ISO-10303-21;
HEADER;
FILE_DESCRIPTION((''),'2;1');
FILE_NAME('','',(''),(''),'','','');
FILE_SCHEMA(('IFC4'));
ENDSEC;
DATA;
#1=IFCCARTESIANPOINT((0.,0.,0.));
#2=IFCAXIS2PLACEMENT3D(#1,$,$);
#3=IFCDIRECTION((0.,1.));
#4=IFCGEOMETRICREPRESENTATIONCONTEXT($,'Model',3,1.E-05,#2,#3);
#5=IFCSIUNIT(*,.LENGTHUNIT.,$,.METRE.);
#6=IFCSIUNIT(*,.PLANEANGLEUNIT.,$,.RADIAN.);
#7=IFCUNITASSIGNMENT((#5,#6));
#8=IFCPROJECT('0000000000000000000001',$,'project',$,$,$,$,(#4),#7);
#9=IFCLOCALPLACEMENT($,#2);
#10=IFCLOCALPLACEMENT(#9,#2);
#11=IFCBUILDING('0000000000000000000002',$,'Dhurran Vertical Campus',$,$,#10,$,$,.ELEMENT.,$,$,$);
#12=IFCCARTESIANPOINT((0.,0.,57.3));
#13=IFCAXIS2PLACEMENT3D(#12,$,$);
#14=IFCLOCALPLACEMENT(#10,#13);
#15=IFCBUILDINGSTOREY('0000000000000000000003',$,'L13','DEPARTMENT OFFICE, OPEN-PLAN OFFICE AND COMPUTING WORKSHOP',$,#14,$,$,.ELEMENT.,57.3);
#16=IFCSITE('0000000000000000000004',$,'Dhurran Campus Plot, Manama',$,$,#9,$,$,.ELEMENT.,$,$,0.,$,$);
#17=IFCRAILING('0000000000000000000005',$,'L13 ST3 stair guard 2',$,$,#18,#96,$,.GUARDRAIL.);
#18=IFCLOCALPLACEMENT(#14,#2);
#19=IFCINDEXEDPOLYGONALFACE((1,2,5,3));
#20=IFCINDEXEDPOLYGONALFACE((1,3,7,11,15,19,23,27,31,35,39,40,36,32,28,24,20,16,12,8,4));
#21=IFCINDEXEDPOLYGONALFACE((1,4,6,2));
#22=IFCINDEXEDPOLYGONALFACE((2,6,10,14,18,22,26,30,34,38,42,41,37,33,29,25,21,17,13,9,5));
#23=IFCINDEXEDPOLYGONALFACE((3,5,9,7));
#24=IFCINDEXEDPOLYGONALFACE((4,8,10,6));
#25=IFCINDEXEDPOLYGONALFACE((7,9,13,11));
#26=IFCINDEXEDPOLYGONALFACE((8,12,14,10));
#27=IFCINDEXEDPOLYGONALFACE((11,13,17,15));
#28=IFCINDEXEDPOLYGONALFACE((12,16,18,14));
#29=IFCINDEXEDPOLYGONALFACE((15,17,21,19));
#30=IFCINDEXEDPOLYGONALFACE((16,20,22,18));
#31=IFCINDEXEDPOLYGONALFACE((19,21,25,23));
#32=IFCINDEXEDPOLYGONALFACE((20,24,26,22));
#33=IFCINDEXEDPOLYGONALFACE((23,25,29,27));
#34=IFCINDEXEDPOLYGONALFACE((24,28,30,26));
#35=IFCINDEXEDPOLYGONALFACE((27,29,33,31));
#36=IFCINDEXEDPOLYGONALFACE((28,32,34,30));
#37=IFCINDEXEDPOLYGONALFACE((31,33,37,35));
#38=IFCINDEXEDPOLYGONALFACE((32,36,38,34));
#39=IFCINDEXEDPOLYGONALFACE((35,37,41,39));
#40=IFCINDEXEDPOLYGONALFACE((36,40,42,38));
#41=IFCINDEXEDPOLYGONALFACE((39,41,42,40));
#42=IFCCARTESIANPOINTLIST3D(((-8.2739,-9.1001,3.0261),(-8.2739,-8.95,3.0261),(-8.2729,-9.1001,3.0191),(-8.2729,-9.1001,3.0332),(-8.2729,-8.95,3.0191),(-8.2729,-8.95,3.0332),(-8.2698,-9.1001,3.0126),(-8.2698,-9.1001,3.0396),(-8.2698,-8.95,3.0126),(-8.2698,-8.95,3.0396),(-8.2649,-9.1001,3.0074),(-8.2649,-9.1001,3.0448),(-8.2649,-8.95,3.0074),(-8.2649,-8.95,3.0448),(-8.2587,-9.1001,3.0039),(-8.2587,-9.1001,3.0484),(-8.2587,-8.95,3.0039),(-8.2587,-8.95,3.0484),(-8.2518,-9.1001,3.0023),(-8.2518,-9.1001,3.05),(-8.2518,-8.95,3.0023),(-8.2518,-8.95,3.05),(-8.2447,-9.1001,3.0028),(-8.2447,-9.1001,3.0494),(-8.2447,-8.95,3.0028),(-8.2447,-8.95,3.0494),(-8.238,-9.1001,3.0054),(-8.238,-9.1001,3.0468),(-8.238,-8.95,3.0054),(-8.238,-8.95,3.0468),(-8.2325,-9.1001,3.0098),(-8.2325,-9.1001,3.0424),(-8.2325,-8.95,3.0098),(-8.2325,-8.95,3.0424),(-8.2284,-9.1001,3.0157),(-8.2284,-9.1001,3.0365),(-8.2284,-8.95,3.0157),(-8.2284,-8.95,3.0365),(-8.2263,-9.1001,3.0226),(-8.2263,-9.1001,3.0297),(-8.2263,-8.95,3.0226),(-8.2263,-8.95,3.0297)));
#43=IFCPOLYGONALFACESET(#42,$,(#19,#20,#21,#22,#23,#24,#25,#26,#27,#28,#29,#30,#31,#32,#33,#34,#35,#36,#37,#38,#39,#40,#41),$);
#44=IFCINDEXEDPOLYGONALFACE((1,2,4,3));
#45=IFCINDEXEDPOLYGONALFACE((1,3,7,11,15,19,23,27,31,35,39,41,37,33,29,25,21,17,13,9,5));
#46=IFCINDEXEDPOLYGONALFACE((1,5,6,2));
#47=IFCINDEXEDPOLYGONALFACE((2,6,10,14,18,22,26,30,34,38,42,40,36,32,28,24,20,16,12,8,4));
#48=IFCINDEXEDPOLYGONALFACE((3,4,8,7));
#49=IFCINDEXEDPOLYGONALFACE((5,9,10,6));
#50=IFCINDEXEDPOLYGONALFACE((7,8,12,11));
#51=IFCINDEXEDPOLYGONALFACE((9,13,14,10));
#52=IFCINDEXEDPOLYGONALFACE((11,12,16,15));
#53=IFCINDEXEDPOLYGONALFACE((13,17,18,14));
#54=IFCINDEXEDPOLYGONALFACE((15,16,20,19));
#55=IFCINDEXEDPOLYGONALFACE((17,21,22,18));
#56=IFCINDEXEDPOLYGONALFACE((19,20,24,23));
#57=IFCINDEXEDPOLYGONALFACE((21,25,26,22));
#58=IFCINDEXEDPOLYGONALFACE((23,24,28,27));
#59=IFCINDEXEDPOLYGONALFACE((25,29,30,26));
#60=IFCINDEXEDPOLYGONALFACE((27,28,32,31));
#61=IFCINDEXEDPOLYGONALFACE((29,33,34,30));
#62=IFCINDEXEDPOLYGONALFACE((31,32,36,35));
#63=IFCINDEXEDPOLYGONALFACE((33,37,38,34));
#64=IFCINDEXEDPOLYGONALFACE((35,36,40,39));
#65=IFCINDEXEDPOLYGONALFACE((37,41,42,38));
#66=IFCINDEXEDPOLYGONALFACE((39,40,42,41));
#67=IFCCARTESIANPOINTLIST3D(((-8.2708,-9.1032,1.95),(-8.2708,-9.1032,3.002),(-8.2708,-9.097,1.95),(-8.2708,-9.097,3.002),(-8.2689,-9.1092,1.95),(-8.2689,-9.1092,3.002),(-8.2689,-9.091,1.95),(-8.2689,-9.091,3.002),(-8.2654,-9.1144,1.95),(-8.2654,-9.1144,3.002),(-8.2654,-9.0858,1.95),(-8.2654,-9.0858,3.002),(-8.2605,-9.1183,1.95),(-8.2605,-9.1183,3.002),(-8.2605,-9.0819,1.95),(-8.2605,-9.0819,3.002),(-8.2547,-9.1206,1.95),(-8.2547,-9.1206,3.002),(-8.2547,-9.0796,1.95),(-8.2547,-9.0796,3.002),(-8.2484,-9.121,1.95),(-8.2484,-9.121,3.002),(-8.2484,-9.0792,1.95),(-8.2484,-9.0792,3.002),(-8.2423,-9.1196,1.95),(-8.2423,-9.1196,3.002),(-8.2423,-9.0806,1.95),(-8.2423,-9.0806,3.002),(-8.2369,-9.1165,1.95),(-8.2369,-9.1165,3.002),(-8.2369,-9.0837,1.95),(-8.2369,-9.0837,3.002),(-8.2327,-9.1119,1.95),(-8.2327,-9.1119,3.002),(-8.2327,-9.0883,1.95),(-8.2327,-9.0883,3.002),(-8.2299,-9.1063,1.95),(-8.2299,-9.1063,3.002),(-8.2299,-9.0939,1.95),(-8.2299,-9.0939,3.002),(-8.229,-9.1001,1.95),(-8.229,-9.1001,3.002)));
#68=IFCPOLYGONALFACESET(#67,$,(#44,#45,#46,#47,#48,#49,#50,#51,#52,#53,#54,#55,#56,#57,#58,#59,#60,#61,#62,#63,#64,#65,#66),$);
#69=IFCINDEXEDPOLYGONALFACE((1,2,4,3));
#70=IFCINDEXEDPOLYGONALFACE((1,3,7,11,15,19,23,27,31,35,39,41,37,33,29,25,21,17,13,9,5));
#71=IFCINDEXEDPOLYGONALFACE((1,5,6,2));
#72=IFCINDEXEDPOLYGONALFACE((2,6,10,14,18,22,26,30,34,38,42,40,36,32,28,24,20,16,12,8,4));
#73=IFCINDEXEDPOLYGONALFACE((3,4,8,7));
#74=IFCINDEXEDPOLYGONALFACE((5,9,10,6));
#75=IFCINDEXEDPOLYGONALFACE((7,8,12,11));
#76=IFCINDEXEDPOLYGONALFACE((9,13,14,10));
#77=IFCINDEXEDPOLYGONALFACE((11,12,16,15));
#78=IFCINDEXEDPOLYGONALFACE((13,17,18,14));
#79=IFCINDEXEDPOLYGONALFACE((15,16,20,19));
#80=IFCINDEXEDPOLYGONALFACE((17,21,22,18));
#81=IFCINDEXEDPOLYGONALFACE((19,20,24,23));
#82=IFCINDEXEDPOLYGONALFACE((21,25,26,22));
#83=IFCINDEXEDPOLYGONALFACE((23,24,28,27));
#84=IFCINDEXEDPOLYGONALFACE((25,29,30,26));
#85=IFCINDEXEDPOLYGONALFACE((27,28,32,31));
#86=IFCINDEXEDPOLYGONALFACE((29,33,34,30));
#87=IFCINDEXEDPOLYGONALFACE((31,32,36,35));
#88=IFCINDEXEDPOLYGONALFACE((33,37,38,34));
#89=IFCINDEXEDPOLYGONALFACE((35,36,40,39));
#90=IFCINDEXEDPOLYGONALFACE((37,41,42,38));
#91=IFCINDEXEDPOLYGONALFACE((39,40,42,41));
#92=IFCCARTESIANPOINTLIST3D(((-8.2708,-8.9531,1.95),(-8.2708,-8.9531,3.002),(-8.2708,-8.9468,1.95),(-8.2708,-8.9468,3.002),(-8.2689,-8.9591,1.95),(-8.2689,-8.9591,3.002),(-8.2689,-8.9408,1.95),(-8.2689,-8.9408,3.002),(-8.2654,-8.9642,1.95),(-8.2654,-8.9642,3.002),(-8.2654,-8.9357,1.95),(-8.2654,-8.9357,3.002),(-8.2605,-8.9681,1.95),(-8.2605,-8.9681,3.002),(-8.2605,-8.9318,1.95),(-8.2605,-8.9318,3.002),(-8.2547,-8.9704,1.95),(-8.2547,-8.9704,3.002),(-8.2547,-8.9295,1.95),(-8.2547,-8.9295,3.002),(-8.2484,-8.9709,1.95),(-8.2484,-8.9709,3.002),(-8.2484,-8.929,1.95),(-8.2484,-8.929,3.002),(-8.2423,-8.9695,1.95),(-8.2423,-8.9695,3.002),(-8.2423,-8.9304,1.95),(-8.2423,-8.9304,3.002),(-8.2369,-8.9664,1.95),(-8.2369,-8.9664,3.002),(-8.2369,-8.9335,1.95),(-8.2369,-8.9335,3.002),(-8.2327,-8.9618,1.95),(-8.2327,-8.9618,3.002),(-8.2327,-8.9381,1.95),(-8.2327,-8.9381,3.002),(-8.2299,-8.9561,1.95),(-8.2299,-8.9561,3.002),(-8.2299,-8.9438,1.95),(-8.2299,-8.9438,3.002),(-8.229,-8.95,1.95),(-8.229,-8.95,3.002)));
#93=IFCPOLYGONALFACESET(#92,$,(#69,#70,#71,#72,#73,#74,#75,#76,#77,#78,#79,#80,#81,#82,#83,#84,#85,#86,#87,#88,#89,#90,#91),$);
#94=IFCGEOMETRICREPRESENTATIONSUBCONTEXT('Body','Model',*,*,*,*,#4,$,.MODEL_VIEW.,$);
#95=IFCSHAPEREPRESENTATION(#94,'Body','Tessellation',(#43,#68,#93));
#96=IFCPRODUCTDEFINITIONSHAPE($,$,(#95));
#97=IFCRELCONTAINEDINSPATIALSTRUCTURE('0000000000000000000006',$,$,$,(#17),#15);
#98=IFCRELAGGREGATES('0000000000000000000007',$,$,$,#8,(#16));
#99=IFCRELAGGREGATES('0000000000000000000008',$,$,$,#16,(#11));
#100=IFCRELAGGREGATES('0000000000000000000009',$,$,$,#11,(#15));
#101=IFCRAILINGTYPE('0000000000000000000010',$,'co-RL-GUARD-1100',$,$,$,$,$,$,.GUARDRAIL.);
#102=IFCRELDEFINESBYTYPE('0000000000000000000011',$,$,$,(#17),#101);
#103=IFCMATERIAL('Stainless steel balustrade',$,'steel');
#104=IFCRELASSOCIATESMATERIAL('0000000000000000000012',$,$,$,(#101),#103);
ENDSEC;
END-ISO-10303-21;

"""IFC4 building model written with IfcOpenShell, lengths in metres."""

from ifc_helpers import new_model, si_unit, direction, frame, origin, origin_2d, place, context, subcontext, project, spatial, circle, extrude, material, type_object, element, save


model = new_model("IFC4")

# Units and contexts
model_context = context("Model", 3, precision=1e-05, world=origin(), true_north=direction((0.0, 1.0)))
body_context = subcontext(model_context, "Body", "Model", "MODEL_VIEW")
ifc_project = project(units=[si_unit("LENGTHUNIT", "METRE"), si_unit("PLANEANGLEUNIT", "RADIAN")], contexts=[model_context])

# Site, building, storey
site_placement = place(None, origin())
site = spatial("IfcSite", under=ifc_project, at=site_placement, Name="Dhurran Campus Plot, Manama", CompositionType="ELEMENT", RefElevation=0.0)
building_placement = place(site_placement, origin())
building = spatial("IfcBuilding", under=site, at=building_placement, Name="Dhurran Vertical Campus", CompositionType="ELEMENT")
storey_placement = place(building_placement, frame((0.0, 0.0, 57.3)))
storey = spatial("IfcBuildingStorey", under=building, at=storey_placement, Name="L13", Description="DEPARTMENT OFFICE, OPEN-PLAN OFFICE AND COMPUTING WORKSHOP", CompositionType="ELEMENT", Elevation=57.3)

# Railing
ifc_material_1 = material(Name="Stainless steel balustrade", Category="steel")
railing_type_1 = type_object("IfcRailingType", Name="co-RL-GUARD-1100", PredefinedType="GUARDRAIL", material=ifc_material_1)
railing_1_placement = place(storey_placement, frame((-8.25, -9.1001, 1.95)))
element("IfcRailing", 1, at=railing_1_placement, inside=storey, type_object=railing_type_1, Name="L13 ST3 stair guard 2", PredefinedType="GUARDRAIL", context=body_context, shape_type="SweptSolid", body=[
    extrude(circle(Radius=0.0239, at=origin_2d()), frame((0.0, 0.0, 1.0762), z_axis=(0.0, 1.0, 0.0), x_axis=(-1.0, 0.0, 0.0)), (0.0, 0.0, 1.0), 0.1501),
    extrude(circle(Radius=0.021, at=origin_2d()), origin(), (0.0, 0.0, 1.0), 1.052),
    extrude(circle(Radius=0.021, at=origin_2d()), frame((0.0, 0.1501, 0.0)), (0.0, 0.0, 1.0), 1.052),
])

save(model, "model.ifc")
